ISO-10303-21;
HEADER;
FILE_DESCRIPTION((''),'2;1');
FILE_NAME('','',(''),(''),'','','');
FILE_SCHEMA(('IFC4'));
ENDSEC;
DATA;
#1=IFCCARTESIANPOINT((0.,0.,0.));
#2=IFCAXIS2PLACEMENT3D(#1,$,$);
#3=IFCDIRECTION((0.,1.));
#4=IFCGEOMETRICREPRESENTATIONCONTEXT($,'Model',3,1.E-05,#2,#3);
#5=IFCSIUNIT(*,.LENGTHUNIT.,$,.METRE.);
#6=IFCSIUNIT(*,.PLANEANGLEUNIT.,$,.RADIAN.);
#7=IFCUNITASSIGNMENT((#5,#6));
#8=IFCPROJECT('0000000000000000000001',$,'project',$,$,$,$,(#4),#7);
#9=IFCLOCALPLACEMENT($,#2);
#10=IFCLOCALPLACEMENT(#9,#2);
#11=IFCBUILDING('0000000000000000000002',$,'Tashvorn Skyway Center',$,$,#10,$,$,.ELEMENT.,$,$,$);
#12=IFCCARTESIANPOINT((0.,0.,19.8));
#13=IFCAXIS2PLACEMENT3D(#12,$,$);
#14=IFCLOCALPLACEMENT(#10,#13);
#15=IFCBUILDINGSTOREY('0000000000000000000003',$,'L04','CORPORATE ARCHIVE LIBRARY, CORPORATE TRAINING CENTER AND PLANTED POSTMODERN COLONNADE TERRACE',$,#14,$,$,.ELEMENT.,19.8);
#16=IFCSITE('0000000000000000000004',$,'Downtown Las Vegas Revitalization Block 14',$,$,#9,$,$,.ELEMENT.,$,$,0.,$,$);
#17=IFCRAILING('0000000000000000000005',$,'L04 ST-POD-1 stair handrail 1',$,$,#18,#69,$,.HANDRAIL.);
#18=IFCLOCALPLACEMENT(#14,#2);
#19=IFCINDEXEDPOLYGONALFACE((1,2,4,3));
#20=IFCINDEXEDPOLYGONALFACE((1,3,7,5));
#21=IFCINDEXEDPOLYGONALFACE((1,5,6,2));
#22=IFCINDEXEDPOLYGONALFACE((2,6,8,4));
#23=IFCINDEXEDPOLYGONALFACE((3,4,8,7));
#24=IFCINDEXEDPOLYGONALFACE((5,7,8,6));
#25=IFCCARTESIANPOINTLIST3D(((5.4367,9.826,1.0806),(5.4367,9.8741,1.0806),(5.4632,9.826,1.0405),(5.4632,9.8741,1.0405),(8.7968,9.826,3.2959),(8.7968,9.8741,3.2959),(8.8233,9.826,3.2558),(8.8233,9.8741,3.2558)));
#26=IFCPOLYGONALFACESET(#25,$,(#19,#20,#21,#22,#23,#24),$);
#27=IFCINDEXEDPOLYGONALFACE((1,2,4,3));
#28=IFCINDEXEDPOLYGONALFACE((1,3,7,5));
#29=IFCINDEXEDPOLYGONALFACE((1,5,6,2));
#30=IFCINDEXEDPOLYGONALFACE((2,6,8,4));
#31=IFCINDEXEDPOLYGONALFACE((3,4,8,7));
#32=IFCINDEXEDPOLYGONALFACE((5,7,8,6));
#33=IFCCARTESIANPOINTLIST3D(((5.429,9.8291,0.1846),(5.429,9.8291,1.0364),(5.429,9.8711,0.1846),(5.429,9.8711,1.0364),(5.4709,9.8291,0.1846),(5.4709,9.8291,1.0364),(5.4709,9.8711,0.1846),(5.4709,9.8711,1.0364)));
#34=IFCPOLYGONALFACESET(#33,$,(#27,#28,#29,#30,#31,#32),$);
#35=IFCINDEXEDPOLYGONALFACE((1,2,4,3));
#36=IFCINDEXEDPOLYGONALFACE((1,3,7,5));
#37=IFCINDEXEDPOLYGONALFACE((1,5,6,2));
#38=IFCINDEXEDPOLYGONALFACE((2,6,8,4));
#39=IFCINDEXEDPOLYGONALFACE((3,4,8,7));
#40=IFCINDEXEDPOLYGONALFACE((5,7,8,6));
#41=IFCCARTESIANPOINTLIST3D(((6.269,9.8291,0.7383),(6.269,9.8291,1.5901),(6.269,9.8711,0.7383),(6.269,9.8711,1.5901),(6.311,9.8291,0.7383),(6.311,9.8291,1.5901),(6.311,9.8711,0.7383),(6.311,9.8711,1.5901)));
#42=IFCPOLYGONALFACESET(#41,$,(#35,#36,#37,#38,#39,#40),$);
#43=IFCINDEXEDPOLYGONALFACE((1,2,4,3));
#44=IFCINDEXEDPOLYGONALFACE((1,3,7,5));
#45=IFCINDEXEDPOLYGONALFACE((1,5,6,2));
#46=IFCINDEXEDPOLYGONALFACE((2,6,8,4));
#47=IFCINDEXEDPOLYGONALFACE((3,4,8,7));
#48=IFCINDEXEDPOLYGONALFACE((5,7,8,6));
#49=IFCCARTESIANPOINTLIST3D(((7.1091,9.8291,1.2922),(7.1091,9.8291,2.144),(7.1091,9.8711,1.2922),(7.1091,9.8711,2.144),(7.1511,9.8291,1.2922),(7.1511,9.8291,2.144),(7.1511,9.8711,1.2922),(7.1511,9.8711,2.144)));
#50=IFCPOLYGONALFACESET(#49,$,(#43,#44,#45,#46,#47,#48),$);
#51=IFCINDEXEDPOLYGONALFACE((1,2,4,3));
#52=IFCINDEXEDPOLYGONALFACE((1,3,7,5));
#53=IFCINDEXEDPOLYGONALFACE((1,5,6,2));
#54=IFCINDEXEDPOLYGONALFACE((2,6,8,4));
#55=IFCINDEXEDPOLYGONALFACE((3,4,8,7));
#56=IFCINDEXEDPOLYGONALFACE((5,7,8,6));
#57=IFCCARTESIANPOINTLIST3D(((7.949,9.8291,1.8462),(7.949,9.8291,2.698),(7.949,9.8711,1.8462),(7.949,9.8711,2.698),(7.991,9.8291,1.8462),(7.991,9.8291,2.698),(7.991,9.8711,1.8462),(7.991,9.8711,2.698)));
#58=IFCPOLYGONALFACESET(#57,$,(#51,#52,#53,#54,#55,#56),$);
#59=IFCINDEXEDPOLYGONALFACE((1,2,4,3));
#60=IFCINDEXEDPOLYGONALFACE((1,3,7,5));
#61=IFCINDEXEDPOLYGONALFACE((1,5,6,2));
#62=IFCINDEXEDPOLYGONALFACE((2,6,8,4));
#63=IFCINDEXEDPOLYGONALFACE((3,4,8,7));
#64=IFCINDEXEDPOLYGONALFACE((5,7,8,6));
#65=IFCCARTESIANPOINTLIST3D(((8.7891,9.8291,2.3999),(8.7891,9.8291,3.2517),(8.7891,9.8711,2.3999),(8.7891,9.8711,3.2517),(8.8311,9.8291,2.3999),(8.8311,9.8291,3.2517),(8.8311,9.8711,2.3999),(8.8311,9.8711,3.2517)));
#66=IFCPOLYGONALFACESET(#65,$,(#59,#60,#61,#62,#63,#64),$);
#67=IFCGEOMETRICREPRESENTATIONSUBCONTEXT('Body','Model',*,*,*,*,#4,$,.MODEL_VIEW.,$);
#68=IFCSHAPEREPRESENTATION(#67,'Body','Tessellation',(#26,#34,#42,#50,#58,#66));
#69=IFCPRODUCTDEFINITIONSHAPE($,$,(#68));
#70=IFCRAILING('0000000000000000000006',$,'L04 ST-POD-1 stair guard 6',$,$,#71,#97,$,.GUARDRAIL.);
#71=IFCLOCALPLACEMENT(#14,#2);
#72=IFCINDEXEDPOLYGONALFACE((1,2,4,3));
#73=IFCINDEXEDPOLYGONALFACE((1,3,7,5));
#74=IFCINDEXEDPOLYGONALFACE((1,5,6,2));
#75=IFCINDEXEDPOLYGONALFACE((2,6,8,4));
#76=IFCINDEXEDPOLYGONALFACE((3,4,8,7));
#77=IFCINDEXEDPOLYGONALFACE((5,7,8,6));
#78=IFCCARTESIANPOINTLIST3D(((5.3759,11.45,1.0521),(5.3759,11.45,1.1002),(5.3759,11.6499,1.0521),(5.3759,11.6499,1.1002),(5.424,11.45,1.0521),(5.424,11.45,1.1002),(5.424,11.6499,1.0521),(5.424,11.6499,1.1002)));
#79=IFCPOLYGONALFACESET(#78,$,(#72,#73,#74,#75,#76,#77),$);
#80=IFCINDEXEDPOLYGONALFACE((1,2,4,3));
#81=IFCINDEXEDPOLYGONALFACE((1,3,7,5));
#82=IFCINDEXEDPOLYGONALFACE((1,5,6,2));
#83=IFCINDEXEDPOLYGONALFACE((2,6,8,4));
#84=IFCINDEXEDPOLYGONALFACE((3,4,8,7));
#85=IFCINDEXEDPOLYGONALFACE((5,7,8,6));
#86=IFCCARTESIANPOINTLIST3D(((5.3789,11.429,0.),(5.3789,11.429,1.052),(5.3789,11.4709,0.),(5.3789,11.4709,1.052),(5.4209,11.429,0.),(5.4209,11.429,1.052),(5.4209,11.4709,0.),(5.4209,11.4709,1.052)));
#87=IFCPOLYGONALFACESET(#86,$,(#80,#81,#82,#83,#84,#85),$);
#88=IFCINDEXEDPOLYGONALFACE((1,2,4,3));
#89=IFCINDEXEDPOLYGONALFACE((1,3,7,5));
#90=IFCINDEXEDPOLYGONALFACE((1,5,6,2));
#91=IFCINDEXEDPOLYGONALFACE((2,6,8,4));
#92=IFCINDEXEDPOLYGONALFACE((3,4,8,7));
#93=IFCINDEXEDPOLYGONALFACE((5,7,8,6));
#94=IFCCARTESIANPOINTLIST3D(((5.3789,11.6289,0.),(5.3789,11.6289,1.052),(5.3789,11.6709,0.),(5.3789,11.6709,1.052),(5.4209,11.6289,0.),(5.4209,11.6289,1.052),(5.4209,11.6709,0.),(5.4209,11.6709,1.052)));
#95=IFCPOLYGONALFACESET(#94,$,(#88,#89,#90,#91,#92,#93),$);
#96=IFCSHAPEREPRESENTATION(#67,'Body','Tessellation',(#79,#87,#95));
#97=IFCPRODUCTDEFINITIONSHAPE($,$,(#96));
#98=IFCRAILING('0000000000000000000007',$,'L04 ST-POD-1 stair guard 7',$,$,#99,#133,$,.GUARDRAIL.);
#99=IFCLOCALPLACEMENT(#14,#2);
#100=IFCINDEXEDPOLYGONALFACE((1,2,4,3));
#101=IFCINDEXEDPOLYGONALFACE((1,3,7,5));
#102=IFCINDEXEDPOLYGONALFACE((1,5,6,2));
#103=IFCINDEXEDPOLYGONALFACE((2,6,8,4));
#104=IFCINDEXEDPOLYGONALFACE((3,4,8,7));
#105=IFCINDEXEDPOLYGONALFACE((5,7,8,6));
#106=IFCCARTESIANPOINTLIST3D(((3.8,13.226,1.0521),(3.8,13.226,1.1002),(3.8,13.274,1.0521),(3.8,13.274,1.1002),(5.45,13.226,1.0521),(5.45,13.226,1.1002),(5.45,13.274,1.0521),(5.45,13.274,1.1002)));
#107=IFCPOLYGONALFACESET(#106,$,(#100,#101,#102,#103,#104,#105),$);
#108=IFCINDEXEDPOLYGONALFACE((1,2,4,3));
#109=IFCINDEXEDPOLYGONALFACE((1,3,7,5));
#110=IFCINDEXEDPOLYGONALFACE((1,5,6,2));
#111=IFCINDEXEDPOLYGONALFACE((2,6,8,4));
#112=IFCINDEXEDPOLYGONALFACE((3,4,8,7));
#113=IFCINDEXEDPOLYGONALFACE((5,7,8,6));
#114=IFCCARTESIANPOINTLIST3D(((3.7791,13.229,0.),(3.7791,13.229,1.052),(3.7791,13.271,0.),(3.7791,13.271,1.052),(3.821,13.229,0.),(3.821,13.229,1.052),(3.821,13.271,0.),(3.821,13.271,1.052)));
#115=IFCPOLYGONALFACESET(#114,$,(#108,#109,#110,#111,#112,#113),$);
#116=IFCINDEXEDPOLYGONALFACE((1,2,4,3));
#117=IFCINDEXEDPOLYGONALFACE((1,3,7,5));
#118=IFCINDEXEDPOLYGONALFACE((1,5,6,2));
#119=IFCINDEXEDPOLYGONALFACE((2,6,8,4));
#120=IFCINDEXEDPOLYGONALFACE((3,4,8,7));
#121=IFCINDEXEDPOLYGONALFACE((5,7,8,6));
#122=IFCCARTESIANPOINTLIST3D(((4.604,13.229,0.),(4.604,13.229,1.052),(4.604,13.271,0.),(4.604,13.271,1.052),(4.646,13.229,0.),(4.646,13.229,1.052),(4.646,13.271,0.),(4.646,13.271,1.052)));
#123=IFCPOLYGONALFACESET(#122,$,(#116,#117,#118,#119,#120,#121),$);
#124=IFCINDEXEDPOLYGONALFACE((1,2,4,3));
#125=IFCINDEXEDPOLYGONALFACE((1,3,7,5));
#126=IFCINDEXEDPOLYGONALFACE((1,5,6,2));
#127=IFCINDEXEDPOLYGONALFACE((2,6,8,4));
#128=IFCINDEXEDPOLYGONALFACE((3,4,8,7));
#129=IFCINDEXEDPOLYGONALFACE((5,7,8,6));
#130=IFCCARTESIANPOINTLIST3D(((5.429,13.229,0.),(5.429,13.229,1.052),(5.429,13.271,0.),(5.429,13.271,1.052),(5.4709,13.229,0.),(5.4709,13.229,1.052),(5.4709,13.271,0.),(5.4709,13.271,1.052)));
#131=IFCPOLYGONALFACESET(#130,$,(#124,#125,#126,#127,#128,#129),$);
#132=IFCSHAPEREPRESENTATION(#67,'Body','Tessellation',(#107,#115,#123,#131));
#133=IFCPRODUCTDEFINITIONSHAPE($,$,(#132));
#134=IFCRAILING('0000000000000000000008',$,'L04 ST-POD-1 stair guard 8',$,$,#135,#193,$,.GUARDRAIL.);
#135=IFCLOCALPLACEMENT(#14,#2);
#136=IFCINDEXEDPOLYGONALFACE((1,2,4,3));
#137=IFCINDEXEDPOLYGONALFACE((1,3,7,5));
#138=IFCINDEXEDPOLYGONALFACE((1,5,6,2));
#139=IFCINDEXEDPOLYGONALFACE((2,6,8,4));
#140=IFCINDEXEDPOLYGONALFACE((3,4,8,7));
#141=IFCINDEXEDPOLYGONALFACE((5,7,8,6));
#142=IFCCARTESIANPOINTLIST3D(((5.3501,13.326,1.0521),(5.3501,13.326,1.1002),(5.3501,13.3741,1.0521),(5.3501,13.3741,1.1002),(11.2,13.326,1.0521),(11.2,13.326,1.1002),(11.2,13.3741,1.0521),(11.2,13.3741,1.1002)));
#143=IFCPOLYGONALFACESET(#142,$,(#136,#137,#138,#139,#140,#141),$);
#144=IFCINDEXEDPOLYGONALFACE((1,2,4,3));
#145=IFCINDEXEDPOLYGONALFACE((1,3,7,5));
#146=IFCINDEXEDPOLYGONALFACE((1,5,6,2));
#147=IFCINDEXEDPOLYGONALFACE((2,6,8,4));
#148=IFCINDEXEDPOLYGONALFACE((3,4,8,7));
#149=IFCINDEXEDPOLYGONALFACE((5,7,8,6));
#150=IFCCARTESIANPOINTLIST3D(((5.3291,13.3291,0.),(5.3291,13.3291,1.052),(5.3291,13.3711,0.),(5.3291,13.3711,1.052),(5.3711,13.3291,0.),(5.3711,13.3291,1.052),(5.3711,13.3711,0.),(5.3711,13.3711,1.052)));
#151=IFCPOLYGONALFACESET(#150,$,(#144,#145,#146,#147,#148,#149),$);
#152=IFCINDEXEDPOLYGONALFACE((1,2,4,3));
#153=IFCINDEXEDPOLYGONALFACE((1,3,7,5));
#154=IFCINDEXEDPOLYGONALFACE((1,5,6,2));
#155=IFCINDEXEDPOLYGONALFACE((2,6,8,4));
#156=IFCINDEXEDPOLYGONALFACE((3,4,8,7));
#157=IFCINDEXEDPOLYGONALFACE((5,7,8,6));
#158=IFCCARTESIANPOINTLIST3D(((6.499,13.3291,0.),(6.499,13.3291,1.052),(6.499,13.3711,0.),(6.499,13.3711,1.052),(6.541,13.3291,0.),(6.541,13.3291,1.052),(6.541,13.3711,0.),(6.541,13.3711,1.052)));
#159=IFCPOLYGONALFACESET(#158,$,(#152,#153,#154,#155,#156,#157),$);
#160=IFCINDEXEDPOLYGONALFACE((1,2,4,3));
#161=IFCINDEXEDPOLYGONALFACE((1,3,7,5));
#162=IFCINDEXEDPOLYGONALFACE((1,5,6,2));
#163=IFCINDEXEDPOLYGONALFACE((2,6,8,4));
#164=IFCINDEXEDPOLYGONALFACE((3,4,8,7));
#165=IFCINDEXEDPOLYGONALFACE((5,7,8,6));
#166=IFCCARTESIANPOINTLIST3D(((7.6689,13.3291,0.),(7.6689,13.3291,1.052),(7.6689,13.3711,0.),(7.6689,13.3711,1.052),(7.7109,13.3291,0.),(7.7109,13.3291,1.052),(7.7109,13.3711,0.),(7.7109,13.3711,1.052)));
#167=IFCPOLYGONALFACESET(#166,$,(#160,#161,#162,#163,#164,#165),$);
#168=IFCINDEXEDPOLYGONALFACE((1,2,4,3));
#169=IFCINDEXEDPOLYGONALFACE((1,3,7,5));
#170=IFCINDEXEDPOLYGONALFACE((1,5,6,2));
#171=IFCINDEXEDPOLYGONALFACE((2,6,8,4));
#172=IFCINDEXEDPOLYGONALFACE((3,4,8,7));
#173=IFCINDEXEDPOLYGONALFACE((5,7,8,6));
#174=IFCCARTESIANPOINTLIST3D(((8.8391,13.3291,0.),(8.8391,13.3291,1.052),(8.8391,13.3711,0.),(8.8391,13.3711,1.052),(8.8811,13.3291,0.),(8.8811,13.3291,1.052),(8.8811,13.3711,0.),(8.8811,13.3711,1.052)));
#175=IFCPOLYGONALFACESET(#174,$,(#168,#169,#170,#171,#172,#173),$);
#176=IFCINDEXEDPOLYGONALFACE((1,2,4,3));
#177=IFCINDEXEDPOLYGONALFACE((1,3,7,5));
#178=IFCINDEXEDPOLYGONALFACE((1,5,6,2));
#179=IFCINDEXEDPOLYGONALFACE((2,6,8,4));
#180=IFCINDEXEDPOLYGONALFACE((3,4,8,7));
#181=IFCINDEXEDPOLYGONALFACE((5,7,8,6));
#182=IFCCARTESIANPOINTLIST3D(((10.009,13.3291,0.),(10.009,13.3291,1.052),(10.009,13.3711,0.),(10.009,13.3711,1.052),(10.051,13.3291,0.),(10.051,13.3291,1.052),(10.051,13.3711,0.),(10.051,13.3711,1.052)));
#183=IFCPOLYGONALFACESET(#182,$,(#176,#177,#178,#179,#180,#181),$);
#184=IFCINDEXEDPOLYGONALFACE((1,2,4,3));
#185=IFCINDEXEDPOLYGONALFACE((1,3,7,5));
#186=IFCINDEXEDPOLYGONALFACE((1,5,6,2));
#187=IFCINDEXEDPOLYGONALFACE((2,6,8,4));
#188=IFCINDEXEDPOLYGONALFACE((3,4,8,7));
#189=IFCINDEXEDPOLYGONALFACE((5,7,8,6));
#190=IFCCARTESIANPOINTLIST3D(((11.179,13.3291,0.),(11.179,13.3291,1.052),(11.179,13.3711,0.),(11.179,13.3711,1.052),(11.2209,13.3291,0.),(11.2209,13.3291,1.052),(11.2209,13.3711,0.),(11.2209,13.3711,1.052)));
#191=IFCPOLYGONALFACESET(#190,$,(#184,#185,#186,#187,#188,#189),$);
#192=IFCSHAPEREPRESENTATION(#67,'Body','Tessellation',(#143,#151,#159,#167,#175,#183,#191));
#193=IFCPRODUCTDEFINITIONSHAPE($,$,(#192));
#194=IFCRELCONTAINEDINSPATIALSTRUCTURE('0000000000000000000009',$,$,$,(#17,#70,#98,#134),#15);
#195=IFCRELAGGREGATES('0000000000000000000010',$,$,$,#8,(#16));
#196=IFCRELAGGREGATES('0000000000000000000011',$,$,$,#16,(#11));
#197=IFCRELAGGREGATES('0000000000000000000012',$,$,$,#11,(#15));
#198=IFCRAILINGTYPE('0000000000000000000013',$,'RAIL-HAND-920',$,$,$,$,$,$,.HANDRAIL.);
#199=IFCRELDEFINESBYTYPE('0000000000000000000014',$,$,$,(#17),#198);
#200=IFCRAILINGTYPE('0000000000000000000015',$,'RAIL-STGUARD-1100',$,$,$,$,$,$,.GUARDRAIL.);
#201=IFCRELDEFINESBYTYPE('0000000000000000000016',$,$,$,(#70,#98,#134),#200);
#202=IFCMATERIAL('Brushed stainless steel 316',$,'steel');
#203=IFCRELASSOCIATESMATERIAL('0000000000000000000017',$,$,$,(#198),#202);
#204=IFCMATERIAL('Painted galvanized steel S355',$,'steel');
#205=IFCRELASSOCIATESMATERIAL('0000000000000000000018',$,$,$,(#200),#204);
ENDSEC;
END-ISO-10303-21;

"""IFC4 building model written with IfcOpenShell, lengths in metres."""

from ifc_helpers import new_model, si_unit, direction, frame, origin, origin_2d, place, context, subcontext, project, spatial, rectangle, extrude, material, type_object, element, save


model = new_model("IFC4")

# Units and contexts
model_context = context("Model", 3, precision=1e-05, world=origin(), true_north=direction((0.0, 1.0)))
body_context = subcontext(model_context, "Body", "Model", "MODEL_VIEW")
ifc_project = project(units=[si_unit("LENGTHUNIT", "METRE"), si_unit("PLANEANGLEUNIT", "RADIAN")], contexts=[model_context])

# Site, building, storey
site_placement = place(None, origin())
site = spatial("IfcSite", under=ifc_project, at=site_placement, Name="Downtown Las Vegas Revitalization Block 14", CompositionType="ELEMENT", RefElevation=0.0)
building_placement = place(site_placement, origin())
building = spatial("IfcBuilding", under=site, at=building_placement, Name="Tashvorn Skyway Center", CompositionType="ELEMENT")
storey_placement = place(building_placement, frame((0.0, 0.0, 19.8)))
storey = spatial("IfcBuildingStorey", under=building, at=storey_placement, Name="L04", Description="CORPORATE ARCHIVE LIBRARY, CORPORATE TRAINING CENTER AND PLANTED POSTMODERN COLONNADE TERRACE", CompositionType="ELEMENT", Elevation=19.8)

# Railings
ifc_material_1 = material(Name="Brushed stainless steel 316", Category="steel")
railing_type_1 = type_object("IfcRailingType", Name="RAIL-HAND-920", PredefinedType="HANDRAIL", material=ifc_material_1)
railing_1_placement = place(storey_placement, frame((5.45, 9.8501, 0.1846)))
element("IfcRailing", 1, at=railing_1_placement, inside=storey, type_object=railing_type_1, Name="L04 ST-POD-1 stair handrail 1", PredefinedType="HANDRAIL", context=body_context, shape_type="SweptSolid", body=[
    extrude(rectangle(XDim=0.0481, YDim=0.0481, at=origin_2d()), frame((0.0, 0.0, 0.876), z_axis=(0.834876, 0.0, 0.550437), x_axis=(0.0, 1.0, 0.0)), (0.0, 0.0, 1.0), 4.0247),
    extrude(rectangle(XDim=0.042, YDim=0.042, at=origin_2d()), origin(), (0.0, 0.0, 1.0), 0.8518),
    extrude(rectangle(XDim=0.042, YDim=0.042, at=origin_2d()), frame((0.8401, 0.0, 0.5537)), (0.0, 0.0, 1.0), 0.8518),
    extrude(rectangle(XDim=0.042, YDim=0.042, at=origin_2d()), frame((1.6802, 0.0, 1.1077)), (0.0, 0.0, 1.0), 0.8518),
    extrude(rectangle(XDim=0.042, YDim=0.042, at=origin_2d()), frame((2.52, 0.0, 1.6616)), (0.0, 0.0, 1.0), 0.8518),
    extrude(rectangle(XDim=0.042, YDim=0.042, at=origin_2d()), frame((3.3601, 0.0, 2.2153)), (0.0, 0.0, 1.0), 0.8518),
])
ifc_material_2 = material(Name="Painted galvanized steel S355", Category="steel")
railing_type_2 = type_object("IfcRailingType", Name="RAIL-STGUARD-1100", PredefinedType="GUARDRAIL", material=ifc_material_2)
railing_2_placement = place(storey_placement, frame((5.3999, 11.45, 0.0)))
element("IfcRailing", 2, at=railing_2_placement, inside=storey, type_object=railing_type_2, Name="L04 ST-POD-1 stair guard 6", PredefinedType="GUARDRAIL", context=body_context, shape_type="SweptSolid", body=[
    extrude(rectangle(XDim=0.0481, YDim=0.0481, at=origin_2d()), frame((0.0, 0.0, 1.0762), z_axis=(0.0, 1.0, 0.0), x_axis=(-1.0, 0.0, 0.0)), (0.0, 0.0, 1.0), 0.2),
    extrude(rectangle(XDim=0.042, YDim=0.042, at=origin_2d()), origin(), (0.0, 0.0, 1.0), 1.052),
    extrude(rectangle(XDim=0.042, YDim=0.042, at=origin_2d()), frame((0.0, 0.2, 0.0)), (0.0, 0.0, 1.0), 1.052),
])
railing_3_placement = place(storey_placement, frame((3.8, 13.25, 0.0)))
element("IfcRailing", 3, at=railing_3_placement, inside=storey, type_object=railing_type_2, Name="L04 ST-POD-1 stair guard 7", PredefinedType="GUARDRAIL", context=body_context, shape_type="SweptSolid", body=[
    extrude(rectangle(XDim=0.0481, YDim=0.0481, at=origin_2d()), frame((0.0, 0.0, 1.0762), z_axis=(1.0, 0.0, 0.0), x_axis=(0.0, 1.0, 0.0)), (0.0, 0.0, 1.0), 1.6499),
    extrude(rectangle(XDim=0.042, YDim=0.042, at=origin_2d()), origin(), (0.0, 0.0, 1.0), 1.052),
    extrude(rectangle(XDim=0.042, YDim=0.042, at=origin_2d()), frame((0.825, 0.0, 0.0)), (0.0, 0.0, 1.0), 1.052),
    extrude(rectangle(XDim=0.042, YDim=0.042, at=origin_2d()), frame((1.6499, 0.0, 0.0)), (0.0, 0.0, 1.0), 1.052),
])
railing_4_placement = place(storey_placement, frame((5.3501, 13.3501, 0.0)))
element("IfcRailing", 4, at=railing_4_placement, inside=storey, type_object=railing_type_2, Name="L04 ST-POD-1 stair guard 8", PredefinedType="GUARDRAIL", context=body_context, shape_type="SweptSolid", body=[
    extrude(rectangle(XDim=0.0481, YDim=0.0481, at=origin_2d()), frame((0.0, 0.0, 1.0762), z_axis=(1.0, 0.0, 0.0), x_axis=(0.0, 1.0, 0.0)), (0.0, 0.0, 1.0), 5.8499),
    extrude(rectangle(XDim=0.042, YDim=0.042, at=origin_2d()), origin(), (0.0, 0.0, 1.0), 1.052),
    extrude(rectangle(XDim=0.042, YDim=0.042, at=origin_2d()), frame((1.1699, 0.0, 0.0)), (0.0, 0.0, 1.0), 1.052),
    extrude(rectangle(XDim=0.042, YDim=0.042, at=origin_2d()), frame((2.3398, 0.0, 0.0)), (0.0, 0.0, 1.0), 1.052),
    extrude(rectangle(XDim=0.042, YDim=0.042, at=origin_2d()), frame((3.51, 0.0, 0.0)), (0.0, 0.0, 1.0), 1.052),
    extrude(rectangle(XDim=0.042, YDim=0.042, at=origin_2d()), frame((4.6799, 0.0, 0.0)), (0.0, 0.0, 1.0), 1.052),
    extrude(rectangle(XDim=0.042, YDim=0.042, at=origin_2d()), frame((5.8499, 0.0, 0.0)), (0.0, 0.0, 1.0), 1.052),
])

save(model, "model.ifc")
